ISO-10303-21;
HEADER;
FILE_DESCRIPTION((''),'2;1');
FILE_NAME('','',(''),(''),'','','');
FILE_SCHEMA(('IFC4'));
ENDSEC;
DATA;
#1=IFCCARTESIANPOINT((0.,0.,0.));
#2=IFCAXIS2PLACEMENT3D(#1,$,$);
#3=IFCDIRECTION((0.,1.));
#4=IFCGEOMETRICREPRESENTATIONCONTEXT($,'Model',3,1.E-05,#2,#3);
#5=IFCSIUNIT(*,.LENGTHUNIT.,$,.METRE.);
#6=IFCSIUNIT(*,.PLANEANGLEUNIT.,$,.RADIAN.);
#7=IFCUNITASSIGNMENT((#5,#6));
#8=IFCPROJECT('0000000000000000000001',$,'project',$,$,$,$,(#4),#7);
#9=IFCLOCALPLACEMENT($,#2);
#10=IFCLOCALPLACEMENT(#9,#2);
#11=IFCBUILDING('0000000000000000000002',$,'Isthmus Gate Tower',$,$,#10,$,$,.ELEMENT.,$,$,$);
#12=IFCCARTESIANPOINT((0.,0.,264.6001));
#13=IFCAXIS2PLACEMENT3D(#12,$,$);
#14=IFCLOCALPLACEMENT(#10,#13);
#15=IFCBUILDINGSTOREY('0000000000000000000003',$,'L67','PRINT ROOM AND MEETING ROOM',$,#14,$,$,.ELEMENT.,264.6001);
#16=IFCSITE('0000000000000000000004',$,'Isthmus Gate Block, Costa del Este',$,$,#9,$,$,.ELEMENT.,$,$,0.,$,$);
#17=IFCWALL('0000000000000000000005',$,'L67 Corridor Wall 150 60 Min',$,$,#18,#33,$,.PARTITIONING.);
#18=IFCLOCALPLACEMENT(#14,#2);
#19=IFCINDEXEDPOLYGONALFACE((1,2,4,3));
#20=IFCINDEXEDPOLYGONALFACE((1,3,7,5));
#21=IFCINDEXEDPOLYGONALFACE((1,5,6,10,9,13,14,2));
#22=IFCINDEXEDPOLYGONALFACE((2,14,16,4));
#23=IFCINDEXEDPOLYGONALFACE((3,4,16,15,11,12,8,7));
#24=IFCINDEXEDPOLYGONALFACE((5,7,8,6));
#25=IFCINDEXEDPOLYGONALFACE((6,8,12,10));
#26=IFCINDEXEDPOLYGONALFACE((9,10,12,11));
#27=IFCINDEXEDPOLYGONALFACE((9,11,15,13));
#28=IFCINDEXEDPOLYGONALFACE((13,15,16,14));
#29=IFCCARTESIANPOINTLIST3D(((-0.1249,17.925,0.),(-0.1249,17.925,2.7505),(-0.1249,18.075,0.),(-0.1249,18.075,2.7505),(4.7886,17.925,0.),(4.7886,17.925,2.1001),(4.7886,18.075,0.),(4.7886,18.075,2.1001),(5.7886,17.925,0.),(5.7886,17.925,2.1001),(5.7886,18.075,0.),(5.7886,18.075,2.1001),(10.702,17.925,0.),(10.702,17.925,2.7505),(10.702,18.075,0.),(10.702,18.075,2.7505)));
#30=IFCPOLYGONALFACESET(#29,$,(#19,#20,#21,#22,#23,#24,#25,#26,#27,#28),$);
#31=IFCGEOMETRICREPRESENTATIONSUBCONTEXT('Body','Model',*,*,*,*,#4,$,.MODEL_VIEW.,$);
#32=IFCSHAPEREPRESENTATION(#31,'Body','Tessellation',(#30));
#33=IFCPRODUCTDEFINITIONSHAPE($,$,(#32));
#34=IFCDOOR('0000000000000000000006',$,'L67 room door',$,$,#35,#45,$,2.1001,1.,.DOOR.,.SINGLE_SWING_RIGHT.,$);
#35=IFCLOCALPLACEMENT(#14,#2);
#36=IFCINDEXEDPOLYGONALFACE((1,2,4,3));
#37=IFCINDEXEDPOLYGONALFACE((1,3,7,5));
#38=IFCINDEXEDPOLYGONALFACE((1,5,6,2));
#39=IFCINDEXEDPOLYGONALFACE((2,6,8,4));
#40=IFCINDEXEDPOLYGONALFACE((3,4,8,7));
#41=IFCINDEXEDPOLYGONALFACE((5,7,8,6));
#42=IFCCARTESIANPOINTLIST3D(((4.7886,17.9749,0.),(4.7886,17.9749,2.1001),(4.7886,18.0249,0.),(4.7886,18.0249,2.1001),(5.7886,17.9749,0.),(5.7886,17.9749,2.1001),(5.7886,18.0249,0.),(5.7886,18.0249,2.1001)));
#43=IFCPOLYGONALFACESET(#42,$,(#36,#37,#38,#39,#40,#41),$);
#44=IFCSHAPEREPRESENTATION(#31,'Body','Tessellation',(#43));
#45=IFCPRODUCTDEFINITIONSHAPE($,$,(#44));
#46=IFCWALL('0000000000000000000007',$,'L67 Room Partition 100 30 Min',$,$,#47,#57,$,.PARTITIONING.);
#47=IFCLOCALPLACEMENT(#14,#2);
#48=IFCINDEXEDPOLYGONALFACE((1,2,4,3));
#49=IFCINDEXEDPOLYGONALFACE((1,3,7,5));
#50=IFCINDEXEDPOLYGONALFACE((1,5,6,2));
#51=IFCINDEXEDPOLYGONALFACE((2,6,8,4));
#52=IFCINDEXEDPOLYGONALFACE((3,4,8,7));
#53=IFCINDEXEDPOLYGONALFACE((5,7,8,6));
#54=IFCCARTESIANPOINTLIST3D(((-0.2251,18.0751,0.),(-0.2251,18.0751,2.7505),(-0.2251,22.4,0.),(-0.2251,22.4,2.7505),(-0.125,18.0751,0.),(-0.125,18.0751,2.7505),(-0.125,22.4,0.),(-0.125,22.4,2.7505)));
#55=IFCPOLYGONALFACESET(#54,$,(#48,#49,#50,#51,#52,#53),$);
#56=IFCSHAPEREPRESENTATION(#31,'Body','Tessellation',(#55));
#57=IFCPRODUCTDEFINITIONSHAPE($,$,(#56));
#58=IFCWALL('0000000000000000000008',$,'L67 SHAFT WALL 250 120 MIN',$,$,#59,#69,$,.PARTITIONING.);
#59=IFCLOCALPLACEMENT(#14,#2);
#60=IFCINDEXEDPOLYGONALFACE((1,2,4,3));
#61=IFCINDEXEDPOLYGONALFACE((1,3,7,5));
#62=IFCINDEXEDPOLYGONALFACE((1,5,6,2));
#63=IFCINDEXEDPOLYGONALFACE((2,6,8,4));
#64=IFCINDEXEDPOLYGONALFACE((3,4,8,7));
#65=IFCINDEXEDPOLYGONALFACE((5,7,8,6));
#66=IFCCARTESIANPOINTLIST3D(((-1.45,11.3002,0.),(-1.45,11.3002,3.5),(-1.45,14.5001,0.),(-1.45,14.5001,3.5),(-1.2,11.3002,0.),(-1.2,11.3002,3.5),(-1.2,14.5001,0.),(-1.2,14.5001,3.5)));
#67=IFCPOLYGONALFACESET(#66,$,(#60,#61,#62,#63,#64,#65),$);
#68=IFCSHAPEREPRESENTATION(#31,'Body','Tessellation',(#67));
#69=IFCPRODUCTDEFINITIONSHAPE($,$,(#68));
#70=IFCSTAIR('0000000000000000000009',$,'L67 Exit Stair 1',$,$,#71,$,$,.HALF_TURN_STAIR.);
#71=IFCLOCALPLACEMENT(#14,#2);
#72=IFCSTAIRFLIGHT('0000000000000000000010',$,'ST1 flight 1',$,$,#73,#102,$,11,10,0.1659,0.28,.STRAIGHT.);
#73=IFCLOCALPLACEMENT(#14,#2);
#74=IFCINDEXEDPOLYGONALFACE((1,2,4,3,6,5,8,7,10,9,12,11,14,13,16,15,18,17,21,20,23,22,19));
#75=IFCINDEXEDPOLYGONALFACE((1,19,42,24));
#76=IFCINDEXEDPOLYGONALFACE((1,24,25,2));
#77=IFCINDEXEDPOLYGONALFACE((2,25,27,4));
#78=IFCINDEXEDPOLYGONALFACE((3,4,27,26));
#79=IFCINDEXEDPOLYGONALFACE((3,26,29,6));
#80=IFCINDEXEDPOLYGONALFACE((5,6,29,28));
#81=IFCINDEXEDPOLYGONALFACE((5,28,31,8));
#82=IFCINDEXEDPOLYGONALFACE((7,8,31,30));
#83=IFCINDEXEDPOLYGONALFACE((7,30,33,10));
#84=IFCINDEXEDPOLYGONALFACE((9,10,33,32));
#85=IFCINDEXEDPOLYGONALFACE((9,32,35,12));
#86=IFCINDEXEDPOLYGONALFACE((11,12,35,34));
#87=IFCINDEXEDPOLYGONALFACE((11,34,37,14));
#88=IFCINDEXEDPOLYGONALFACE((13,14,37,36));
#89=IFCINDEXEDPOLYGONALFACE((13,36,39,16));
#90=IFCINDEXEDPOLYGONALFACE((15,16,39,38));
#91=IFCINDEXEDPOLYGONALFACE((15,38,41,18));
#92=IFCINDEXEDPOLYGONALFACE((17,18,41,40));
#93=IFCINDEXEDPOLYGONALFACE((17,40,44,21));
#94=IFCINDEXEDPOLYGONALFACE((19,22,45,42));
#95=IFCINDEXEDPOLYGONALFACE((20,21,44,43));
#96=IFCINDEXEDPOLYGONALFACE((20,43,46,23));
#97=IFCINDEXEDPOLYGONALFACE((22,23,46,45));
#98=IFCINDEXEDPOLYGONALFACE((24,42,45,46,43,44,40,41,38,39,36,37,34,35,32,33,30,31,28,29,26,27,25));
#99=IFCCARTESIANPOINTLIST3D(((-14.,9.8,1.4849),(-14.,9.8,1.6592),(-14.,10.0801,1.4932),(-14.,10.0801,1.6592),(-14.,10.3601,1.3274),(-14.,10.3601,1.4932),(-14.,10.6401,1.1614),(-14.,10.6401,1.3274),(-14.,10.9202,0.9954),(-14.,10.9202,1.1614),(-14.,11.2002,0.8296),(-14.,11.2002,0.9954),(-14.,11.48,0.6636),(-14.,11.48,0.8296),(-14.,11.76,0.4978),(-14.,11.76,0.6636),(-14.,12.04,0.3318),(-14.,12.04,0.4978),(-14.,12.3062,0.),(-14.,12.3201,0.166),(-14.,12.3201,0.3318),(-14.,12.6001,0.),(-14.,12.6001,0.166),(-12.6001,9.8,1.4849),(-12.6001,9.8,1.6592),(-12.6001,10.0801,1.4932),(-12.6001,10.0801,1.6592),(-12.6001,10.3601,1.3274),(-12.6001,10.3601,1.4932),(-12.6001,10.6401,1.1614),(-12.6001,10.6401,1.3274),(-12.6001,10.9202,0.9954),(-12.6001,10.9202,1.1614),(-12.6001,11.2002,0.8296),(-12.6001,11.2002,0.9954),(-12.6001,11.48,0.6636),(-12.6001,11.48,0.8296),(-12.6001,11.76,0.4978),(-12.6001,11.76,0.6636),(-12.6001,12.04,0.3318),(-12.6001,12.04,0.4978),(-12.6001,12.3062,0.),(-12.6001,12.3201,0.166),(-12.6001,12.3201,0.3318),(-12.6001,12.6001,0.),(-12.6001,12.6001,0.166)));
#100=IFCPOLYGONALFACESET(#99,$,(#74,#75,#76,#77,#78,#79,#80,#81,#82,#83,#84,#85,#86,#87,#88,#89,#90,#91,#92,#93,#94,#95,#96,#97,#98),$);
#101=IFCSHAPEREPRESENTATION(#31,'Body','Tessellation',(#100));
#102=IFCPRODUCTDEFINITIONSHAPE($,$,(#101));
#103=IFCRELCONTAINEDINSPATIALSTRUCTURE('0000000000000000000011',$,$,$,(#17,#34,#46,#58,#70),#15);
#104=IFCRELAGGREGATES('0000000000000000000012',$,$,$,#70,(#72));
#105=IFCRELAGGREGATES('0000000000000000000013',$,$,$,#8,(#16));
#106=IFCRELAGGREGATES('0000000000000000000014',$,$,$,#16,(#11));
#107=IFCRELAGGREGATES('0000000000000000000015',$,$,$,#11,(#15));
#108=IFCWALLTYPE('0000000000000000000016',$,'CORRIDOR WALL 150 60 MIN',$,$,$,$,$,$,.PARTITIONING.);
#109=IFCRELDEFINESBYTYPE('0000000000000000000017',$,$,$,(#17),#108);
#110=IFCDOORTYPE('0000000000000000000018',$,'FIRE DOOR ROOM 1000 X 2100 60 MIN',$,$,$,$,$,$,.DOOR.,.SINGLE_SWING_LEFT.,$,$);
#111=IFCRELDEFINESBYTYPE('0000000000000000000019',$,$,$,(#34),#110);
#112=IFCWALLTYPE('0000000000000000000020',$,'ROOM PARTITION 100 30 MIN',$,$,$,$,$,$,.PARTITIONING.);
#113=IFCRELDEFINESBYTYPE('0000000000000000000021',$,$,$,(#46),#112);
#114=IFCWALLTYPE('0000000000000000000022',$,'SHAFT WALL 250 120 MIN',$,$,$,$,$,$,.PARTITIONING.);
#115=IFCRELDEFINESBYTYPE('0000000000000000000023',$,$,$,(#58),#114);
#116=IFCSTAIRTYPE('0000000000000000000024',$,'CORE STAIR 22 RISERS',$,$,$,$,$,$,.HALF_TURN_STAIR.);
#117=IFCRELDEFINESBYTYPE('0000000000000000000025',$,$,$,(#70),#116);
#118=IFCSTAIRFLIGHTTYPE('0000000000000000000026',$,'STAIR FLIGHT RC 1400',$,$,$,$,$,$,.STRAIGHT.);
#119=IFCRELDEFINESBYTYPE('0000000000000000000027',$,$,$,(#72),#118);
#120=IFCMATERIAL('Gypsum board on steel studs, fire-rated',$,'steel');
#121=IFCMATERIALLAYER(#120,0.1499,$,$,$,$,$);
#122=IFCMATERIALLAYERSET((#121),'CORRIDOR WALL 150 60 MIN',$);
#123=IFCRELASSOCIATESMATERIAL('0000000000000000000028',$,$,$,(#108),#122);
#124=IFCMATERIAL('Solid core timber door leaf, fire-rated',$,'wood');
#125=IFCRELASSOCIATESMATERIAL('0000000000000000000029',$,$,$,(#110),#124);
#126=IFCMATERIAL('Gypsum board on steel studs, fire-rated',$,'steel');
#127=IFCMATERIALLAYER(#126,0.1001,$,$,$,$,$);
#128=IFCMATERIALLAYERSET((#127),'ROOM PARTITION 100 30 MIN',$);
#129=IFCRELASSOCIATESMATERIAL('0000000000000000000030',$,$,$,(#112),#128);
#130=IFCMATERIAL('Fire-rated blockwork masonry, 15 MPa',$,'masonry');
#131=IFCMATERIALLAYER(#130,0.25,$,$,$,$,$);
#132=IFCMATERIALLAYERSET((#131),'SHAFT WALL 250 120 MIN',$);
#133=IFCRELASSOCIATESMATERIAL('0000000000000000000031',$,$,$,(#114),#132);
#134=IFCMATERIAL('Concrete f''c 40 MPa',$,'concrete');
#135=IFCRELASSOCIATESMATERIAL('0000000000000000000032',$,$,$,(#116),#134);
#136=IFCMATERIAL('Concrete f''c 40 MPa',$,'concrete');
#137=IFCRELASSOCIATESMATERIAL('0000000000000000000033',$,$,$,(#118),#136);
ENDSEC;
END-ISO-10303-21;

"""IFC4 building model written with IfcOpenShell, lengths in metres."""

from ifc_helpers import new_model, si_unit, direction, frame, frame_2d, origin, place, context, subcontext, project, spatial, polyline, rectangle, outline, extrude, material, layer, layer_set, type_object, element, fill, aggregate, save


model = new_model("IFC4")

# Units and contexts
model_context = context("Model", 3, precision=1e-05, world=origin(), true_north=direction((0.0, 1.0)))
body_context = subcontext(model_context, "Body", "Model", "MODEL_VIEW")
ifc_project = project(units=[si_unit("LENGTHUNIT", "METRE"), si_unit("PLANEANGLEUNIT", "RADIAN")], contexts=[model_context])

# Site, building, storey
site_placement = place(None, origin())
site = spatial("IfcSite", under=ifc_project, at=site_placement, Name="Isthmus Gate Block, Costa del Este", CompositionType="ELEMENT", RefElevation=0.0)
building_placement = place(site_placement, origin())
building = spatial("IfcBuilding", under=site, at=building_placement, Name="Isthmus Gate Tower", CompositionType="ELEMENT")
storey_placement = place(building_placement, frame((0.0, 0.0, 264.6001)))
storey = spatial("IfcBuildingStorey", under=building, at=storey_placement, Name="L67", Description="PRINT ROOM AND MEETING ROOM", CompositionType="ELEMENT", Elevation=264.6001)

# Wall, opening, door
ifc_material_1 = material(Name="Gypsum board on steel studs, fire-rated", Category="steel")
ifc_layer_1 = layer(ifc_material_1, 0.1499)
ifc_layer_set_1 = layer_set([ifc_layer_1], Name="CORRIDOR WALL 150 60 MIN")
wall_type_1 = type_object("IfcWallType", Name="CORRIDOR WALL 150 60 MIN", PredefinedType="PARTITIONING", material=ifc_layer_set_1)
wall_1_placement = place(storey_placement, frame((-0.125, 18.0, 0.0), z_axis=(0.0, 0.0, 1.0), x_axis=(1.0, 0.0, 0.0)))
wall_1 = element("IfcWall", 1, at=wall_1_placement, inside=storey, type_object=wall_type_1, Name="L67 Corridor Wall 150 60 Min", PredefinedType="PARTITIONING", context=body_context, shape_type="SweptSolid", body=[
    extrude(rectangle(XDim=10.8269, YDim=0.1499, at=frame_2d((5.4136, 0.0))), origin(), (0.0, 0.0, 1.0), 2.7505),
])
opening_placement = place(wall_1_placement, frame((4.9136, 0.0, 0.0)))
opening = element("IfcOpeningElement", 2, at=opening_placement, cuts=wall_1, PredefinedType="OPENING", context=body_context, shape_type="SweptSolid", body=[
    extrude(rectangle(XDim=1.0, YDim=2.1001, at=frame_2d((0.5, 1.05))), frame((0.0, 0.085, 0.0), z_axis=(0.0, -1.0, 0.0), x_axis=(1.0, 0.0, 0.0)), (0.0, 0.0, 1.0), 0.1699),
])
ifc_material_2 = material(Name="Solid core timber door leaf, fire-rated", Category="wood")
door_type = type_object("IfcDoorType", Name="FIRE DOOR ROOM 1000 X 2100 60 MIN", OperationType="SINGLE_SWING_LEFT", PredefinedType="DOOR", material=ifc_material_2)
door_placement = place(opening_placement, origin())
door = element("IfcDoor", 3, at=door_placement, inside=storey, type_object=door_type, Name="L67 room door", OperationType="SINGLE_SWING_RIGHT", OverallHeight=2.1001, OverallWidth=1.0, PredefinedType="DOOR", context=body_context, shape_type="SweptSolid", body=[
    extrude(rectangle(XDim=1.0, YDim=2.1001, at=frame_2d((0.5, 1.05))), frame((0.0, 0.0249, 0.0), z_axis=(0.0, -1.0, 0.0), x_axis=(1.0, 0.0, 0.0)), (0.0, 0.0, 1.0), 0.05),
])
fill(opening, door)

# Walls
ifc_material_3 = material(Name="Gypsum board on steel studs, fire-rated", Category="steel")
ifc_layer_2 = layer(ifc_material_3, 0.1001)
ifc_layer_set_2 = layer_set([ifc_layer_2], Name="ROOM PARTITION 100 30 MIN")
wall_type_2 = type_object("IfcWallType", Name="ROOM PARTITION 100 30 MIN", PredefinedType="PARTITIONING", material=ifc_layer_set_2)
wall_2_placement = place(storey_placement, frame((-0.175, 18.075, 0.0), z_axis=(0.0, 0.0, 1.0), x_axis=(0.0, 1.0, 0.0)))
element("IfcWall", 4, at=wall_2_placement, inside=storey, type_object=wall_type_2, Name="L67 Room Partition 100 30 Min", PredefinedType="PARTITIONING", context=body_context, shape_type="SweptSolid", body=[
    extrude(rectangle(XDim=4.325, YDim=0.1001, at=frame_2d((2.1626, 0.0))), origin(), (0.0, 0.0, 1.0), 2.7505),
])
ifc_material_4 = material(Name="Fire-rated blockwork masonry, 15 MPa", Category="masonry")
ifc_layer_3 = layer(ifc_material_4, 0.25)
ifc_layer_set_3 = layer_set([ifc_layer_3], Name="SHAFT WALL 250 120 MIN")
wall_type_3 = type_object("IfcWallType", Name="SHAFT WALL 250 120 MIN", PredefinedType="PARTITIONING", material=ifc_layer_set_3)
wall_3_placement = place(storey_placement, frame((-1.325, 11.3, 0.0), z_axis=(0.0, 0.0, 1.0), x_axis=(0.0, 1.0, 0.0)))
element("IfcWall", 5, at=wall_3_placement, inside=storey, type_object=wall_type_3, Name="L67 SHAFT WALL 250 120 MIN", PredefinedType="PARTITIONING", context=body_context, shape_type="SweptSolid", body=[
    extrude(rectangle(XDim=3.2, YDim=0.25, at=frame_2d((1.6001, 0.0))), origin(), (0.0, 0.0, 1.0), 3.5),
])

# Stair, stair flight
ifc_material_5 = material(Name="Concrete f'c 40 MPa", Category="concrete")
stair_type = type_object("IfcStairType", Name="CORE STAIR 22 RISERS", PredefinedType="HALF_TURN_STAIR", material=ifc_material_5)
stair_placement = place(storey_placement, origin())
stair = element("IfcStair", 6, at=stair_placement, inside=storey, type_object=stair_type, Name="L67 Exit Stair 1", PredefinedType="HALF_TURN_STAIR")
ifc_material_6 = material(Name="Concrete f'c 40 MPa", Category="concrete")
stair_flight_type = type_object("IfcStairFlightType", Name="STAIR FLIGHT RC 1400", PredefinedType="STRAIGHT", material=ifc_material_6)
stair_flight_placement = place(storey_placement, frame((-13.3, 12.6001, 0.0), z_axis=(0.0, 0.0, 1.0), x_axis=(0.0, -1.0, 0.0)))
stair_flight = element("IfcStairFlight", 7, at=stair_flight_placement, type_object=stair_flight_type, Name="ST1 flight 1", NumberOfRisers=11, NumberOfTreads=10, PredefinedType="STRAIGHT", RiserHeight=0.1659, TreadLength=0.28, context=body_context, shape_type="SweptSolid", body=[
    extrude(outline(polyline([(0.0, 0.0), (0.0, 0.166), (0.28, 0.166), (0.28, 0.3318), (0.5601, 0.3318), (0.5601, 0.4978), (0.8401, 0.4978), (0.8401, 0.6636), (1.1201, 0.6636), (1.1201, 0.8296), (1.3999, 0.8296), (1.3999, 0.9954), (1.6799, 0.9954), (1.6799, 1.1614), (1.96, 1.1614), (1.96, 1.3274), (2.24, 1.3274), (2.24, 1.4932), (2.52, 1.4932), (2.52, 1.6592), (2.8, 1.6592), (2.8, 1.825), (2.8, 1.4849), (0.2939, 0.0), (0.0, 0.0)])), frame((0.0, 0.7, 0.0), z_axis=(0.0, -1.0, 0.0), x_axis=(1.0, 0.0, 0.0)), (0.0, 0.0, 1.0), 1.3999),
])
aggregate(stair, [stair_flight])

save(model, "model.ifc")
